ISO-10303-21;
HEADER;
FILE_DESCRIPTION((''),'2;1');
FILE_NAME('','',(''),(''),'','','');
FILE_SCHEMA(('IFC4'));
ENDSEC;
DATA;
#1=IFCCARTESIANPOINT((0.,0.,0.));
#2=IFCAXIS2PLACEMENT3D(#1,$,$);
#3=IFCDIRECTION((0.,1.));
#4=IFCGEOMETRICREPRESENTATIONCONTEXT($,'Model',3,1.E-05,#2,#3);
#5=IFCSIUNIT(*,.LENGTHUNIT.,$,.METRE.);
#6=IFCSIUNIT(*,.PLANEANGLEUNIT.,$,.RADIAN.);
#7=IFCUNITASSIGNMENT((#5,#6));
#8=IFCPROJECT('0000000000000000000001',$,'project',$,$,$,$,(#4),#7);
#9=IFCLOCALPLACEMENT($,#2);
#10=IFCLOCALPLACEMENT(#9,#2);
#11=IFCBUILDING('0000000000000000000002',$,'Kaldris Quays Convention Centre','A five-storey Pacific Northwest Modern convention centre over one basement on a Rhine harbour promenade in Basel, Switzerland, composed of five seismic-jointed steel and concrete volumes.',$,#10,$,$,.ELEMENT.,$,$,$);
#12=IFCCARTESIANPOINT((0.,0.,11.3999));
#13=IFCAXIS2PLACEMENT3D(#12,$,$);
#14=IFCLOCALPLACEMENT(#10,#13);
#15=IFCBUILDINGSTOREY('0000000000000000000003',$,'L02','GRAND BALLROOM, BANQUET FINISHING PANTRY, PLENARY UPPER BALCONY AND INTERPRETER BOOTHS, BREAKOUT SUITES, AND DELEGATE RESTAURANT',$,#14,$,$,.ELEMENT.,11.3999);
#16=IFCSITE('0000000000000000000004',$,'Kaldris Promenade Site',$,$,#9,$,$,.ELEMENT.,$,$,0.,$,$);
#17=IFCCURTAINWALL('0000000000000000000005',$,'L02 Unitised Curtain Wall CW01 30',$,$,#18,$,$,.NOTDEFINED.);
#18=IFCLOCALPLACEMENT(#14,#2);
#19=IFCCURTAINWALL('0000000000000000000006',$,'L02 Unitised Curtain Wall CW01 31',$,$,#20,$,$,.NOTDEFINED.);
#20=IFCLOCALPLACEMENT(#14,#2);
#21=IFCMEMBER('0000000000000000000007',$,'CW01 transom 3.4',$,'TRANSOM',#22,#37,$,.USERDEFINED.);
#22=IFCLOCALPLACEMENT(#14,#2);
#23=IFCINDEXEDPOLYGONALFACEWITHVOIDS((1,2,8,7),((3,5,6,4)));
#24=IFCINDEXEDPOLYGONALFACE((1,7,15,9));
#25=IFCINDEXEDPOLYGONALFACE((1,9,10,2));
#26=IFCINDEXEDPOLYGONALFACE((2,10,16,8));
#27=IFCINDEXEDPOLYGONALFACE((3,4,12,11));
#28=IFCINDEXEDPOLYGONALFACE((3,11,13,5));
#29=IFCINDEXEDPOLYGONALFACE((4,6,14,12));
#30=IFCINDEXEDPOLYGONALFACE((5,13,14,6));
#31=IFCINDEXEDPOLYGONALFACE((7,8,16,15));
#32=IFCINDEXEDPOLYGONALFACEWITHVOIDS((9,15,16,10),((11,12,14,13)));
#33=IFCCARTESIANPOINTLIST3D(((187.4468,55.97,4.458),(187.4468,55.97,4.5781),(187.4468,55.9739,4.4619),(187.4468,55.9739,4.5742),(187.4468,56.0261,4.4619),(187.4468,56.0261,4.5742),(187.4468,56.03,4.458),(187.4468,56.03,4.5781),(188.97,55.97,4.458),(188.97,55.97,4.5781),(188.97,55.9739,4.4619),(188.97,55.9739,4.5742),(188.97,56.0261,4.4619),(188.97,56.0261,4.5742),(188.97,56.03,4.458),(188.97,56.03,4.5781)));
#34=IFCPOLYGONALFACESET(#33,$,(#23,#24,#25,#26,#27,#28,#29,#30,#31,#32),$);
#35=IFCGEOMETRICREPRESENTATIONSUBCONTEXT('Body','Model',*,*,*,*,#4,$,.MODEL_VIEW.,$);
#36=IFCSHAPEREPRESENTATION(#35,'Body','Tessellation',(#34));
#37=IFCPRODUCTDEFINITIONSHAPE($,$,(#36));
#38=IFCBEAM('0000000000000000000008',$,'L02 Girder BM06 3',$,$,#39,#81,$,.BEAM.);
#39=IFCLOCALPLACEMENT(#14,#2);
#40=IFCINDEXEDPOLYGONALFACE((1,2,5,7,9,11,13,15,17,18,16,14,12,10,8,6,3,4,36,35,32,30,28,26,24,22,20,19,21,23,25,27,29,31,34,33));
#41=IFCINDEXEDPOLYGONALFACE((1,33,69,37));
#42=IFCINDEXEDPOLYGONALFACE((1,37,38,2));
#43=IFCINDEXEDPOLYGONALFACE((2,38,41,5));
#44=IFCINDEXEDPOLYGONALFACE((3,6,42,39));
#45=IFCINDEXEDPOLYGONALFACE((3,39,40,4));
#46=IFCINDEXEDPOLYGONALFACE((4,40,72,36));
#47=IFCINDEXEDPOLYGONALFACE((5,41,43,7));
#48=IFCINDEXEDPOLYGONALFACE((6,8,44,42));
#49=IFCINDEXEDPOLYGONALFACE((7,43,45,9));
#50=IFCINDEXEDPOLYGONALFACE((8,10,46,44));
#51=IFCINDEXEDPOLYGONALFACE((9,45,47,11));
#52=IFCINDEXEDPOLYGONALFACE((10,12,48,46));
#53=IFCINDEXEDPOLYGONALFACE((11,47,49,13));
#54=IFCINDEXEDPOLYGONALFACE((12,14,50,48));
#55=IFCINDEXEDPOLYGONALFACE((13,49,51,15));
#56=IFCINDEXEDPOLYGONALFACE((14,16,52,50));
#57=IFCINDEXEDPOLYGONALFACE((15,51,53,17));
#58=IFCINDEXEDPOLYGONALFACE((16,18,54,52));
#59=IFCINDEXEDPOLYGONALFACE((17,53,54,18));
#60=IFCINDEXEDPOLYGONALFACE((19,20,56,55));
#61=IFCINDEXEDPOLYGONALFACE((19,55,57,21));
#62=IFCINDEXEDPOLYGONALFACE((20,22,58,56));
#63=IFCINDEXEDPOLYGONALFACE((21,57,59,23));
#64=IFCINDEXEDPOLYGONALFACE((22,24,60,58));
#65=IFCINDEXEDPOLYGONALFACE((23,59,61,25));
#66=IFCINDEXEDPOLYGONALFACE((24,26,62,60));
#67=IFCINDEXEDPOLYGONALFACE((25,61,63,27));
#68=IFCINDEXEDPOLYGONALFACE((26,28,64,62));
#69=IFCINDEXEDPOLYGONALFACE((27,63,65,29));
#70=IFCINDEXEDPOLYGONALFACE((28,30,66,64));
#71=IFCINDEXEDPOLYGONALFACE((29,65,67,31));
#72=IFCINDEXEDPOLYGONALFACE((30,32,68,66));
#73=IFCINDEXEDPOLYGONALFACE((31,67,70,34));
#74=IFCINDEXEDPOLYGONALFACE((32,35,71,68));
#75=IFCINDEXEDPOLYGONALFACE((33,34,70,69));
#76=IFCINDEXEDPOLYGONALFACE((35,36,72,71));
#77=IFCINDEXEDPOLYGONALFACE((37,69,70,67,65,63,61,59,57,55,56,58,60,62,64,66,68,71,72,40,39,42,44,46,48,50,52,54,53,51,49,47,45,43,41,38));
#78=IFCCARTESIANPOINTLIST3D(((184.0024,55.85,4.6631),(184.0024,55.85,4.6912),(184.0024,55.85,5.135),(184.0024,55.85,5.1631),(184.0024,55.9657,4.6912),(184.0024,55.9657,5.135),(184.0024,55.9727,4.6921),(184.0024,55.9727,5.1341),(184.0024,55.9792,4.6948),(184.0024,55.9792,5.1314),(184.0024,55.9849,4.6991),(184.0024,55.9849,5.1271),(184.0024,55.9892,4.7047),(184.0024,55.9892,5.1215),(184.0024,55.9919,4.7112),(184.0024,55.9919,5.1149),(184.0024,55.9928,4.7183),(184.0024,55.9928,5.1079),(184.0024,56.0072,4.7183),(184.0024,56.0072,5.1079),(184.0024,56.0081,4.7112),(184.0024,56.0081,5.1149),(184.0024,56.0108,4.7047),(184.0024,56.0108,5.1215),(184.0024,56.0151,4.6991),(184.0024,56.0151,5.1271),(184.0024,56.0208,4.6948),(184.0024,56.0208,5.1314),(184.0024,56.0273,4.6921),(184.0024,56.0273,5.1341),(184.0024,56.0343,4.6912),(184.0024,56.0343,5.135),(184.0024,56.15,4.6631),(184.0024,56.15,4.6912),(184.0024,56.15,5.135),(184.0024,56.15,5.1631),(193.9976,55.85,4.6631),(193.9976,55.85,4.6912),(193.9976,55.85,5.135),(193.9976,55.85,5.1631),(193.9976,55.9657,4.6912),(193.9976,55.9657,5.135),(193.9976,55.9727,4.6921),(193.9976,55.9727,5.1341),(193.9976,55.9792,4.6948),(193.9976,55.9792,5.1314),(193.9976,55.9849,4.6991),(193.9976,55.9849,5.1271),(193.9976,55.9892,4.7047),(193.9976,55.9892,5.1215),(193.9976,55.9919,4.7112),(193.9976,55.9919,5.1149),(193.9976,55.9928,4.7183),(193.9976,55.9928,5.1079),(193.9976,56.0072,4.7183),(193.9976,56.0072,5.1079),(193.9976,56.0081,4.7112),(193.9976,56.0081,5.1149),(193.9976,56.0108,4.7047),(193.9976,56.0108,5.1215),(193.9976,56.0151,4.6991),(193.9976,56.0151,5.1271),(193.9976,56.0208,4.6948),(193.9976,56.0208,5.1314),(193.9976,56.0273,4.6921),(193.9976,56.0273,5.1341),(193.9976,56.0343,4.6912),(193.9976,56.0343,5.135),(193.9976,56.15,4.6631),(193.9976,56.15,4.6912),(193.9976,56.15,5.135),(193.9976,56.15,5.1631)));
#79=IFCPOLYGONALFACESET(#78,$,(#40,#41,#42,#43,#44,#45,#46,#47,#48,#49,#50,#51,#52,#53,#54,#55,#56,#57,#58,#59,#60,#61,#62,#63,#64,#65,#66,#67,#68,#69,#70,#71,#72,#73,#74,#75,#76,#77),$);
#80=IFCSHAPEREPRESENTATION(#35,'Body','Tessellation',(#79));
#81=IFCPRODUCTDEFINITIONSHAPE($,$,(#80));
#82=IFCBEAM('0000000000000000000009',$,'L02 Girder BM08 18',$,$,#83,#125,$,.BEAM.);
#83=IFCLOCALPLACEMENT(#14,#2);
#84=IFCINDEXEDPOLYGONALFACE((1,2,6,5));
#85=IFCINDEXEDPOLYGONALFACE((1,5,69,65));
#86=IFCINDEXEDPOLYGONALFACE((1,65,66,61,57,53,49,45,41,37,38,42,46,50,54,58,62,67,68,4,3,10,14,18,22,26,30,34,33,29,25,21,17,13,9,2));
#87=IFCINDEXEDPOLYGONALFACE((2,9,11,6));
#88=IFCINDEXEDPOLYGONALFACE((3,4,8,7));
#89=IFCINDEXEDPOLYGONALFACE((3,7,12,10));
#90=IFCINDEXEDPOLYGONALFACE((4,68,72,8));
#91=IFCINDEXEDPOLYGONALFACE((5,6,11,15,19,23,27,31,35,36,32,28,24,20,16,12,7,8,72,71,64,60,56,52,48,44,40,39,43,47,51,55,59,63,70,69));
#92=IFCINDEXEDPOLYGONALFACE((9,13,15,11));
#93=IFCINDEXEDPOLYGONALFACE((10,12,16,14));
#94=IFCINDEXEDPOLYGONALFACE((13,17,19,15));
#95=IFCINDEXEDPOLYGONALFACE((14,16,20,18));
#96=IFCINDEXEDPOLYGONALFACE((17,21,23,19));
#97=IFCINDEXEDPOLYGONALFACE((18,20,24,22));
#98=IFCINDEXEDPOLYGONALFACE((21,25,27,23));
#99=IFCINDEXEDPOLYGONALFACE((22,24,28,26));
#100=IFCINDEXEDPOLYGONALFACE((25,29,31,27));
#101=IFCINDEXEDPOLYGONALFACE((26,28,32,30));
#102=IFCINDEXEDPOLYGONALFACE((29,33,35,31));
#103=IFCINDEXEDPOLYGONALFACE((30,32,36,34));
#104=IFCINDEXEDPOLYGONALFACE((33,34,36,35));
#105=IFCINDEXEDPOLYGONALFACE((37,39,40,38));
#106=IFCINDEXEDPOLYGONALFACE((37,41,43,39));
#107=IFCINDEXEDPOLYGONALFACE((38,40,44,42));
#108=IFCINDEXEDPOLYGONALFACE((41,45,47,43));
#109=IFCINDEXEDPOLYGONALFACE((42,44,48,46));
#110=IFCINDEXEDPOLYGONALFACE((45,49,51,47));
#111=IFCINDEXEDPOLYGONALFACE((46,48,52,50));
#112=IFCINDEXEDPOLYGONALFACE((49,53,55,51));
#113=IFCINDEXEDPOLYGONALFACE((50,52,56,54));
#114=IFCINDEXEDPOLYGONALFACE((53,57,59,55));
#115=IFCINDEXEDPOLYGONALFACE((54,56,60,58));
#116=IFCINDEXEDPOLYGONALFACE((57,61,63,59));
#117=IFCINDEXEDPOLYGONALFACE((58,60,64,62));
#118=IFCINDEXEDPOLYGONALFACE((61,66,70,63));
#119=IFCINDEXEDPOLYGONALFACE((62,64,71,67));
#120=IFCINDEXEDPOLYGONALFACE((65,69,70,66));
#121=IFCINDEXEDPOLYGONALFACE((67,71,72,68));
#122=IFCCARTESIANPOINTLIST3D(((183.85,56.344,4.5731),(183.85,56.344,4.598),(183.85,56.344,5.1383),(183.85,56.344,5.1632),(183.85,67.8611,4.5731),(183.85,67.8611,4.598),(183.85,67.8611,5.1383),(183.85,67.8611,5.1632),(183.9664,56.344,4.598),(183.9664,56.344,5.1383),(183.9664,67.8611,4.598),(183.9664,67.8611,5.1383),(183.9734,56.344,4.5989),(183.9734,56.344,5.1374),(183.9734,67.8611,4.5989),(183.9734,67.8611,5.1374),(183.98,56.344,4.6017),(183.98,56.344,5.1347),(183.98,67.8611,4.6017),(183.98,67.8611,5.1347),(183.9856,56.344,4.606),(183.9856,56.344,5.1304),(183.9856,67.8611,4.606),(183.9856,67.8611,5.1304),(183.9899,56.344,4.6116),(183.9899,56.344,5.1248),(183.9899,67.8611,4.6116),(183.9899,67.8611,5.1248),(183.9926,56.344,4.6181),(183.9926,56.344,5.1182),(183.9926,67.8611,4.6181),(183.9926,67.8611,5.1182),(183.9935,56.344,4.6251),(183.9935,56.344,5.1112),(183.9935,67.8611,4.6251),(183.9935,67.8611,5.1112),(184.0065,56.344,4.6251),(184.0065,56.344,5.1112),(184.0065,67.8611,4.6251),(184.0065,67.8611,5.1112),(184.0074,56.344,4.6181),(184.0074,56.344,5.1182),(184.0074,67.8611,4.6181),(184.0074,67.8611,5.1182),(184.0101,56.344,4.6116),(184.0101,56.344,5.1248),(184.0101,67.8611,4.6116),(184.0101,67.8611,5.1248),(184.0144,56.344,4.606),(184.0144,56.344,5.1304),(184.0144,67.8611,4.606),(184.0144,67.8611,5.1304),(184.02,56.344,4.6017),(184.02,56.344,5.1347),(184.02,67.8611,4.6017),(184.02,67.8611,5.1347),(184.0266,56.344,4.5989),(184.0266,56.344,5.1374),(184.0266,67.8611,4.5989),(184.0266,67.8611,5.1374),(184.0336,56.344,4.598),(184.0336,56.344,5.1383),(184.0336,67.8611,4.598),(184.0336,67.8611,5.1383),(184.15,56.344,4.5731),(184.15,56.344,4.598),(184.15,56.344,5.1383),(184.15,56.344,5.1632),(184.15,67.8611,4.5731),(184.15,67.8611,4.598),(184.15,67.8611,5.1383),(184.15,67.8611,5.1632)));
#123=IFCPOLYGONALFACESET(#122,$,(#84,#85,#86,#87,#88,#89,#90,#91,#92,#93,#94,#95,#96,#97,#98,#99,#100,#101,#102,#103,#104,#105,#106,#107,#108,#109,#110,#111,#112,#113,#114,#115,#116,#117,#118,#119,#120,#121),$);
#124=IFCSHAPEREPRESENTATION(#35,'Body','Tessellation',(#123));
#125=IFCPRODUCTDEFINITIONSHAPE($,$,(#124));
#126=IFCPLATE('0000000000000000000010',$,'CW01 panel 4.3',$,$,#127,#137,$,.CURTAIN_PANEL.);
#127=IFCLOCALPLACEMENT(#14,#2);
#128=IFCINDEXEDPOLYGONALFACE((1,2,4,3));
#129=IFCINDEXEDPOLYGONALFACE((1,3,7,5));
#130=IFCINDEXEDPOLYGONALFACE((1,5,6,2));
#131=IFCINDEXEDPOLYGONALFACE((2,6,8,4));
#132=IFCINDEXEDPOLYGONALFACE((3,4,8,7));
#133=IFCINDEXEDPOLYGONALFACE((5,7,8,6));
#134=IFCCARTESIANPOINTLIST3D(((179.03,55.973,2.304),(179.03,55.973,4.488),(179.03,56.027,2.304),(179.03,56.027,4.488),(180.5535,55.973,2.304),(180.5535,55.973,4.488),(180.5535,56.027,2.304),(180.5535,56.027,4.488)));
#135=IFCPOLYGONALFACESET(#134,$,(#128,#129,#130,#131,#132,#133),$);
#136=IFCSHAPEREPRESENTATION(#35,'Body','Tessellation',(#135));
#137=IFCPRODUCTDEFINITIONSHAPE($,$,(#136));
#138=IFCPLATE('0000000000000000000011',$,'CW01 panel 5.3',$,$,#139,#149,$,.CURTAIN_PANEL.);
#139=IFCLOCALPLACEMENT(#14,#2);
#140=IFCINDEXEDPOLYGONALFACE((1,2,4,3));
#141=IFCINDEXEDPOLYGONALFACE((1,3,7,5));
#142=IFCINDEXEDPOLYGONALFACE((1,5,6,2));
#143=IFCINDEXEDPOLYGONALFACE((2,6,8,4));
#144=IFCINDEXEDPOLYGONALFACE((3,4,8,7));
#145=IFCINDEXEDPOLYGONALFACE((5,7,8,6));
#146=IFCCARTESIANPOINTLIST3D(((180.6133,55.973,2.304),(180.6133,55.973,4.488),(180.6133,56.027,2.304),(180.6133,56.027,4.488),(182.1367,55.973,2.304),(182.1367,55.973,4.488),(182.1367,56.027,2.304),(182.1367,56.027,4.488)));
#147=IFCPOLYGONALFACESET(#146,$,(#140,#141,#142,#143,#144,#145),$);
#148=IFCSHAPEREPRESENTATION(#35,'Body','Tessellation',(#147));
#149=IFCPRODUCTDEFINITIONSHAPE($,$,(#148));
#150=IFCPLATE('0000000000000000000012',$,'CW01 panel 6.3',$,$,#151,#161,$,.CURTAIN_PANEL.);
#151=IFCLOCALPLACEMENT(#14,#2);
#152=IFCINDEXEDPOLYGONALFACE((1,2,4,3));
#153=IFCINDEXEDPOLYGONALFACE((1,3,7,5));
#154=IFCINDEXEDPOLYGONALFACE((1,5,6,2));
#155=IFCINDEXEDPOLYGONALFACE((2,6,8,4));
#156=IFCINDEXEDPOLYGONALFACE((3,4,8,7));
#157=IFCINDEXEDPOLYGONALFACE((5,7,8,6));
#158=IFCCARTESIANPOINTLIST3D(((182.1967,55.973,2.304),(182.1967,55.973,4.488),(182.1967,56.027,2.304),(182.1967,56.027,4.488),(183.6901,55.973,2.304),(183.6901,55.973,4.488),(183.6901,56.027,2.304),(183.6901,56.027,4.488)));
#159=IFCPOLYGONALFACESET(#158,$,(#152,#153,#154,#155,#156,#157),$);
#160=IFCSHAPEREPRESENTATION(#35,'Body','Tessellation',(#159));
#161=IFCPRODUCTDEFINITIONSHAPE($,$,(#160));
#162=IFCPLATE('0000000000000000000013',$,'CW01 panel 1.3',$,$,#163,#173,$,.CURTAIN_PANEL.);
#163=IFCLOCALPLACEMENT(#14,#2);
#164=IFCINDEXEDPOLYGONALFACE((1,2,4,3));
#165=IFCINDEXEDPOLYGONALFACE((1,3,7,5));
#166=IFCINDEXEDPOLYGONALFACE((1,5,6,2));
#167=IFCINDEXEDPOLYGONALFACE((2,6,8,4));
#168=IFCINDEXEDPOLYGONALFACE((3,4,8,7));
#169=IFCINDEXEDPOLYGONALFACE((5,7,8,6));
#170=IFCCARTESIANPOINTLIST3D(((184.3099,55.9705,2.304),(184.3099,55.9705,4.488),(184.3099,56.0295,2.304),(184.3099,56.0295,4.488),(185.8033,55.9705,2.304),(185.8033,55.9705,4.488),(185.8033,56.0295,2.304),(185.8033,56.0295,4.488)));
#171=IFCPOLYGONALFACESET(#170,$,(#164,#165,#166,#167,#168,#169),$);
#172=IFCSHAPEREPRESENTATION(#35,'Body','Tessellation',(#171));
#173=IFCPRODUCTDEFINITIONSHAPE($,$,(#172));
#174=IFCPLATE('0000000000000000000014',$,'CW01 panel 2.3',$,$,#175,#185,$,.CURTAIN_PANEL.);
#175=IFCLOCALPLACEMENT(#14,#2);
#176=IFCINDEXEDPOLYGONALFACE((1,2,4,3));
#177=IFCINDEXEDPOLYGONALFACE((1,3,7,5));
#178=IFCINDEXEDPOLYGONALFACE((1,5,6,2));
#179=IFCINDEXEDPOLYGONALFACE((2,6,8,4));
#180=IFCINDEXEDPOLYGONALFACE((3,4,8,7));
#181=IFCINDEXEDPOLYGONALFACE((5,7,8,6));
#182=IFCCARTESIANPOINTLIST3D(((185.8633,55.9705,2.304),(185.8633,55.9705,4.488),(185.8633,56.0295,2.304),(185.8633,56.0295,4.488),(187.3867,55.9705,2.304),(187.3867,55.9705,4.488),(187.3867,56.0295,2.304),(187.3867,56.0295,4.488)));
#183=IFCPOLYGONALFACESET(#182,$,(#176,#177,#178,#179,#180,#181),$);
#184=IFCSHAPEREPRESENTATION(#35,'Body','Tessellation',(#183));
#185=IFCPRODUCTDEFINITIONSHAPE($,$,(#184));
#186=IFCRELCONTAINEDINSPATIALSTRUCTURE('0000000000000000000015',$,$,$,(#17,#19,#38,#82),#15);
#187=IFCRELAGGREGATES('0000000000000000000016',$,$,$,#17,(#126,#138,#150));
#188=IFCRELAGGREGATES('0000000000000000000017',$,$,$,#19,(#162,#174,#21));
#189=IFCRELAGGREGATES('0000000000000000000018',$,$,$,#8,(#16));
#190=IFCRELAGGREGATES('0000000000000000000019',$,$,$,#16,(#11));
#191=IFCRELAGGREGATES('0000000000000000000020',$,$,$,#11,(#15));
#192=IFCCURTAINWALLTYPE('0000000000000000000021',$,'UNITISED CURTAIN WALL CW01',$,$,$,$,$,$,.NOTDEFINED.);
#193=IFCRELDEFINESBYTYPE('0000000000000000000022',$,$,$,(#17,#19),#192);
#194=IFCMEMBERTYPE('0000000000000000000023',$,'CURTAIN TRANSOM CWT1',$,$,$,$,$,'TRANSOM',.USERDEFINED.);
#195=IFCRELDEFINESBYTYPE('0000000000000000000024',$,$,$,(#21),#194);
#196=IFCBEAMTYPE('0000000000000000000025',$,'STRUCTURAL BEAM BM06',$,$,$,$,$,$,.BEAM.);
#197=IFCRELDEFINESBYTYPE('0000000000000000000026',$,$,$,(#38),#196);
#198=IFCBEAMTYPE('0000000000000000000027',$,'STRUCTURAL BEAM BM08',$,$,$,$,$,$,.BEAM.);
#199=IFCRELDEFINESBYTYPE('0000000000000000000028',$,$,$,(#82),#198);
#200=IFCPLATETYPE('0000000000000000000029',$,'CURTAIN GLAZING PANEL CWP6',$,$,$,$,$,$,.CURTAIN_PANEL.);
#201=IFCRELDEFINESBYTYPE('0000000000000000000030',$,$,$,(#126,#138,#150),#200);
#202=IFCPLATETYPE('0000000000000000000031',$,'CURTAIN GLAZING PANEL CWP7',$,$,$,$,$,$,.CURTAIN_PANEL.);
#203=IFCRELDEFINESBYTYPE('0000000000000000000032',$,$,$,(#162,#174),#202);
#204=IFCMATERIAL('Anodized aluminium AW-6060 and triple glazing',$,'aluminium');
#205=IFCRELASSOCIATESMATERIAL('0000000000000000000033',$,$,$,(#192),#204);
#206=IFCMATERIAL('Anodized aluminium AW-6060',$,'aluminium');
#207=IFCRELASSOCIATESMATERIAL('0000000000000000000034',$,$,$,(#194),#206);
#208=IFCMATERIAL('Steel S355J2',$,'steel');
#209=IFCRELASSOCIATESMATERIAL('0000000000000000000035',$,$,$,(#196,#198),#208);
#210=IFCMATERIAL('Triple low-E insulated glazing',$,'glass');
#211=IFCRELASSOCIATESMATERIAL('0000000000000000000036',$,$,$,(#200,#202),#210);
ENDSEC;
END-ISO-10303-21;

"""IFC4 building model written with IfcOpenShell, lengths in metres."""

from ifc_helpers import new_model, si_unit, direction, frame, origin, origin_2d, place, context, subcontext, project, spatial, rectangle, hollow_rectangle, i_section, extrude, material, material_profile, profile_set, type_object, element, aggregate, save


model = new_model("IFC4")

# Units and contexts
model_context = context("Model", 3, precision=1e-05, world=origin(), true_north=direction((0.0, 1.0)))
body_context = subcontext(model_context, "Body", "Model", "MODEL_VIEW")
ifc_project = project(units=[si_unit("LENGTHUNIT", "METRE"), si_unit("PLANEANGLEUNIT", "RADIAN")], contexts=[model_context])

# Site, building, storey
site_placement = place(None, origin())
site = spatial("IfcSite", under=ifc_project, at=site_placement, Name="Kaldris Promenade Site", CompositionType="ELEMENT", RefElevation=0.0)
building_placement = place(site_placement, origin())
building = spatial("IfcBuilding", under=site, at=building_placement, Name="Kaldris Quays Convention Centre", Description="A five-storey Pacific Northwest Modern convention centre over one basement on a Rhine harbour promenade in Basel, Switzerland, composed of five seismic-jointed steel and concrete volumes.", CompositionType="ELEMENT")
storey_placement = place(building_placement, frame((0.0, 0.0, 11.3999)))
storey = spatial("IfcBuildingStorey", under=building, at=storey_placement, Name="L02", Description="GRAND BALLROOM, BANQUET FINISHING PANTRY, PLENARY UPPER BALCONY AND INTERPRETER BOOTHS, BREAKOUT SUITES, AND DELEGATE RESTAURANT", CompositionType="ELEMENT", Elevation=11.3999)

# Curtain walls, member
ifc_material_1 = material(Name="Anodized aluminium AW-6060 and triple glazing", Category="aluminium")
curtain_wall_type = type_object("IfcCurtainWallType", Name="UNITISED CURTAIN WALL CW01", PredefinedType="NOTDEFINED", material=ifc_material_1)
curtain_wall_1_placement = place(storey_placement, origin())
curtain_wall_1 = element("IfcCurtainWall", 1, at=curtain_wall_1_placement, inside=storey, type_object=curtain_wall_type, Name="L02 Unitised Curtain Wall CW01 30", PredefinedType="NOTDEFINED")
ifc_material_2 = material(Name="Anodized aluminium AW-6060", Category="aluminium")
ifc_material_profile_1 = material_profile(ifc_material_2, hollow_rectangle(XDim=0.0601, YDim=0.1201, WallThickness=0.0039, at=origin_2d()), Name="RHS 120x60x4")
ifc_profile_set_1 = profile_set([ifc_material_profile_1], Name="Anodized aluminium AW-6060")
member_type = type_object("IfcMemberType", Name="CURTAIN TRANSOM CWT1", ElementType="TRANSOM", PredefinedType="USERDEFINED", material=ifc_profile_set_1)
curtain_wall_2_placement = place(storey_placement, origin())
curtain_wall_2 = element("IfcCurtainWall", 2, at=curtain_wall_2_placement, inside=storey, type_object=curtain_wall_type, Name="L02 Unitised Curtain Wall CW01 31", PredefinedType="NOTDEFINED")
member_1_placement = place(storey_placement, frame((187.4468, 56.0, 4.5181), z_axis=(1.0, 0.0, 0.0), x_axis=(0.0, 1.0, 0.0)))
member_1 = element("IfcMember", 3, at=member_1_placement, type_object=member_type, Name="CW01 transom 3.4", ObjectType="TRANSOM", PredefinedType="USERDEFINED", context=body_context, shape_type="SweptSolid", body=[
    extrude(hollow_rectangle(XDim=0.0601, YDim=0.1201, WallThickness=0.0039, at=origin_2d()), origin(), (0.0, 0.0, 1.0), 1.5232),
])

# Beams
ifc_material_3 = material(Name="Steel S355J2", Category="steel")
ifc_material_profile_2 = material_profile(ifc_material_3, i_section(OverallWidth=0.3, OverallDepth=0.5, WebThickness=0.0144, FlangeThickness=0.0281, FilletRadius=0.0271, at=origin_2d()), Name="HEB 500")
ifc_profile_set_2 = profile_set([ifc_material_profile_2], Name="Steel S355J2")
beam_type_1 = type_object("IfcBeamType", Name="STRUCTURAL BEAM BM06", PredefinedType="BEAM", material=ifc_profile_set_2)
beam_1_placement = place(storey_placement, frame((184.0024, 56.0, 4.9131), z_axis=(1.0, 0.0, 0.0), x_axis=(0.0, 1.0, 0.0)))
element("IfcBeam", 4, at=beam_1_placement, inside=storey, type_object=beam_type_1, Name="L02 Girder BM06 3", PredefinedType="BEAM", context=body_context, shape_type="SweptSolid", body=[
    extrude(i_section(OverallWidth=0.3, OverallDepth=0.5, WebThickness=0.0144, FlangeThickness=0.0281, FilletRadius=0.0271, at=origin_2d()), origin(), (0.0, 0.0, 1.0), 9.9951),
])
ifc_material_profile_3 = material_profile(ifc_material_3, i_section(OverallWidth=0.3, OverallDepth=0.5901, WebThickness=0.0129, FlangeThickness=0.0249, FilletRadius=0.0271, at=origin_2d()), Name="HEA 600")
ifc_profile_set_3 = profile_set([ifc_material_profile_3], Name="Steel S355J2")
beam_type_2 = type_object("IfcBeamType", Name="STRUCTURAL BEAM BM08", PredefinedType="BEAM", material=ifc_profile_set_3)
beam_2_placement = place(storey_placement, frame((184.0, 56.344, 4.8682), z_axis=(0.0, 1.0, 0.0), x_axis=(-1.0, 0.0, 0.0)))
element("IfcBeam", 5, at=beam_2_placement, inside=storey, type_object=beam_type_2, Name="L02 Girder BM08 18", PredefinedType="BEAM", context=body_context, shape_type="SweptSolid", body=[
    extrude(i_section(OverallWidth=0.3, OverallDepth=0.5901, WebThickness=0.0129, FlangeThickness=0.0249, FilletRadius=0.0271, at=origin_2d()), origin(), (0.0, 0.0, 1.0), 11.5171),
])

# Plates
ifc_material_4 = material(Name="Triple low-E insulated glazing", Category="glass")
plate_type_1 = type_object("IfcPlateType", Name="CURTAIN GLAZING PANEL CWP6", PredefinedType="CURTAIN_PANEL", material=ifc_material_4)
plate_1_placement = place(storey_placement, frame((179.7917, 56.0, 2.304), z_axis=(0.0, 0.0, 1.0), x_axis=(1.0, 0.0, 0.0)))
plate_1 = element("IfcPlate", 6, at=plate_1_placement, type_object=plate_type_1, Name="CW01 panel 4.3", PredefinedType="CURTAIN_PANEL", context=body_context, shape_type="SweptSolid", body=[
    extrude(rectangle(XDim=1.5234, YDim=0.054, at=origin_2d()), origin(), (0.0, 0.0, 1.0), 2.1841),
])
plate_2_placement = place(storey_placement, frame((181.375, 56.0, 2.304), z_axis=(0.0, 0.0, 1.0), x_axis=(1.0, 0.0, 0.0)))
plate_2 = element("IfcPlate", 7, at=plate_2_placement, type_object=plate_type_1, Name="CW01 panel 5.3", PredefinedType="CURTAIN_PANEL", context=body_context, shape_type="SweptSolid", body=[
    extrude(rectangle(XDim=1.5234, YDim=0.054, at=origin_2d()), origin(), (0.0, 0.0, 1.0), 2.1841),
])
plate_3_placement = place(storey_placement, frame((182.9434, 56.0, 2.304), z_axis=(0.0, 0.0, 1.0), x_axis=(1.0, 0.0, 0.0)))
plate_3 = element("IfcPlate", 8, at=plate_3_placement, type_object=plate_type_1, Name="CW01 panel 6.3", PredefinedType="CURTAIN_PANEL", context=body_context, shape_type="SweptSolid", body=[
    extrude(rectangle(XDim=1.4934, YDim=0.054, at=origin_2d()), origin(), (0.0, 0.0, 1.0), 2.1841),
])
aggregate(curtain_wall_1, [plate_1, plate_2, plate_3])
plate_type_2 = type_object("IfcPlateType", Name="CURTAIN GLAZING PANEL CWP7", PredefinedType="CURTAIN_PANEL", material=ifc_material_4)
plate_4_placement = place(storey_placement, frame((185.0566, 56.0, 2.304), z_axis=(0.0, 0.0, 1.0), x_axis=(1.0, 0.0, 0.0)))
plate_4 = element("IfcPlate", 9, at=plate_4_placement, type_object=plate_type_2, Name="CW01 panel 1.3", PredefinedType="CURTAIN_PANEL", context=body_context, shape_type="SweptSolid", body=[
    extrude(rectangle(XDim=1.4934, YDim=0.0591, at=origin_2d()), origin(), (0.0, 0.0, 1.0), 2.1841),
])
plate_5_placement = place(storey_placement, frame((186.625, 56.0, 2.304), z_axis=(0.0, 0.0, 1.0), x_axis=(1.0, 0.0, 0.0)))
plate_5 = element("IfcPlate", 10, at=plate_5_placement, type_object=plate_type_2, Name="CW01 panel 2.3", PredefinedType="CURTAIN_PANEL", context=body_context, shape_type="SweptSolid", body=[
    extrude(rectangle(XDim=1.5234, YDim=0.0591, at=origin_2d()), origin(), (0.0, 0.0, 1.0), 2.1841),
])
aggregate(curtain_wall_2, [plate_4, plate_5, member_1])

save(model, "model.ifc")
